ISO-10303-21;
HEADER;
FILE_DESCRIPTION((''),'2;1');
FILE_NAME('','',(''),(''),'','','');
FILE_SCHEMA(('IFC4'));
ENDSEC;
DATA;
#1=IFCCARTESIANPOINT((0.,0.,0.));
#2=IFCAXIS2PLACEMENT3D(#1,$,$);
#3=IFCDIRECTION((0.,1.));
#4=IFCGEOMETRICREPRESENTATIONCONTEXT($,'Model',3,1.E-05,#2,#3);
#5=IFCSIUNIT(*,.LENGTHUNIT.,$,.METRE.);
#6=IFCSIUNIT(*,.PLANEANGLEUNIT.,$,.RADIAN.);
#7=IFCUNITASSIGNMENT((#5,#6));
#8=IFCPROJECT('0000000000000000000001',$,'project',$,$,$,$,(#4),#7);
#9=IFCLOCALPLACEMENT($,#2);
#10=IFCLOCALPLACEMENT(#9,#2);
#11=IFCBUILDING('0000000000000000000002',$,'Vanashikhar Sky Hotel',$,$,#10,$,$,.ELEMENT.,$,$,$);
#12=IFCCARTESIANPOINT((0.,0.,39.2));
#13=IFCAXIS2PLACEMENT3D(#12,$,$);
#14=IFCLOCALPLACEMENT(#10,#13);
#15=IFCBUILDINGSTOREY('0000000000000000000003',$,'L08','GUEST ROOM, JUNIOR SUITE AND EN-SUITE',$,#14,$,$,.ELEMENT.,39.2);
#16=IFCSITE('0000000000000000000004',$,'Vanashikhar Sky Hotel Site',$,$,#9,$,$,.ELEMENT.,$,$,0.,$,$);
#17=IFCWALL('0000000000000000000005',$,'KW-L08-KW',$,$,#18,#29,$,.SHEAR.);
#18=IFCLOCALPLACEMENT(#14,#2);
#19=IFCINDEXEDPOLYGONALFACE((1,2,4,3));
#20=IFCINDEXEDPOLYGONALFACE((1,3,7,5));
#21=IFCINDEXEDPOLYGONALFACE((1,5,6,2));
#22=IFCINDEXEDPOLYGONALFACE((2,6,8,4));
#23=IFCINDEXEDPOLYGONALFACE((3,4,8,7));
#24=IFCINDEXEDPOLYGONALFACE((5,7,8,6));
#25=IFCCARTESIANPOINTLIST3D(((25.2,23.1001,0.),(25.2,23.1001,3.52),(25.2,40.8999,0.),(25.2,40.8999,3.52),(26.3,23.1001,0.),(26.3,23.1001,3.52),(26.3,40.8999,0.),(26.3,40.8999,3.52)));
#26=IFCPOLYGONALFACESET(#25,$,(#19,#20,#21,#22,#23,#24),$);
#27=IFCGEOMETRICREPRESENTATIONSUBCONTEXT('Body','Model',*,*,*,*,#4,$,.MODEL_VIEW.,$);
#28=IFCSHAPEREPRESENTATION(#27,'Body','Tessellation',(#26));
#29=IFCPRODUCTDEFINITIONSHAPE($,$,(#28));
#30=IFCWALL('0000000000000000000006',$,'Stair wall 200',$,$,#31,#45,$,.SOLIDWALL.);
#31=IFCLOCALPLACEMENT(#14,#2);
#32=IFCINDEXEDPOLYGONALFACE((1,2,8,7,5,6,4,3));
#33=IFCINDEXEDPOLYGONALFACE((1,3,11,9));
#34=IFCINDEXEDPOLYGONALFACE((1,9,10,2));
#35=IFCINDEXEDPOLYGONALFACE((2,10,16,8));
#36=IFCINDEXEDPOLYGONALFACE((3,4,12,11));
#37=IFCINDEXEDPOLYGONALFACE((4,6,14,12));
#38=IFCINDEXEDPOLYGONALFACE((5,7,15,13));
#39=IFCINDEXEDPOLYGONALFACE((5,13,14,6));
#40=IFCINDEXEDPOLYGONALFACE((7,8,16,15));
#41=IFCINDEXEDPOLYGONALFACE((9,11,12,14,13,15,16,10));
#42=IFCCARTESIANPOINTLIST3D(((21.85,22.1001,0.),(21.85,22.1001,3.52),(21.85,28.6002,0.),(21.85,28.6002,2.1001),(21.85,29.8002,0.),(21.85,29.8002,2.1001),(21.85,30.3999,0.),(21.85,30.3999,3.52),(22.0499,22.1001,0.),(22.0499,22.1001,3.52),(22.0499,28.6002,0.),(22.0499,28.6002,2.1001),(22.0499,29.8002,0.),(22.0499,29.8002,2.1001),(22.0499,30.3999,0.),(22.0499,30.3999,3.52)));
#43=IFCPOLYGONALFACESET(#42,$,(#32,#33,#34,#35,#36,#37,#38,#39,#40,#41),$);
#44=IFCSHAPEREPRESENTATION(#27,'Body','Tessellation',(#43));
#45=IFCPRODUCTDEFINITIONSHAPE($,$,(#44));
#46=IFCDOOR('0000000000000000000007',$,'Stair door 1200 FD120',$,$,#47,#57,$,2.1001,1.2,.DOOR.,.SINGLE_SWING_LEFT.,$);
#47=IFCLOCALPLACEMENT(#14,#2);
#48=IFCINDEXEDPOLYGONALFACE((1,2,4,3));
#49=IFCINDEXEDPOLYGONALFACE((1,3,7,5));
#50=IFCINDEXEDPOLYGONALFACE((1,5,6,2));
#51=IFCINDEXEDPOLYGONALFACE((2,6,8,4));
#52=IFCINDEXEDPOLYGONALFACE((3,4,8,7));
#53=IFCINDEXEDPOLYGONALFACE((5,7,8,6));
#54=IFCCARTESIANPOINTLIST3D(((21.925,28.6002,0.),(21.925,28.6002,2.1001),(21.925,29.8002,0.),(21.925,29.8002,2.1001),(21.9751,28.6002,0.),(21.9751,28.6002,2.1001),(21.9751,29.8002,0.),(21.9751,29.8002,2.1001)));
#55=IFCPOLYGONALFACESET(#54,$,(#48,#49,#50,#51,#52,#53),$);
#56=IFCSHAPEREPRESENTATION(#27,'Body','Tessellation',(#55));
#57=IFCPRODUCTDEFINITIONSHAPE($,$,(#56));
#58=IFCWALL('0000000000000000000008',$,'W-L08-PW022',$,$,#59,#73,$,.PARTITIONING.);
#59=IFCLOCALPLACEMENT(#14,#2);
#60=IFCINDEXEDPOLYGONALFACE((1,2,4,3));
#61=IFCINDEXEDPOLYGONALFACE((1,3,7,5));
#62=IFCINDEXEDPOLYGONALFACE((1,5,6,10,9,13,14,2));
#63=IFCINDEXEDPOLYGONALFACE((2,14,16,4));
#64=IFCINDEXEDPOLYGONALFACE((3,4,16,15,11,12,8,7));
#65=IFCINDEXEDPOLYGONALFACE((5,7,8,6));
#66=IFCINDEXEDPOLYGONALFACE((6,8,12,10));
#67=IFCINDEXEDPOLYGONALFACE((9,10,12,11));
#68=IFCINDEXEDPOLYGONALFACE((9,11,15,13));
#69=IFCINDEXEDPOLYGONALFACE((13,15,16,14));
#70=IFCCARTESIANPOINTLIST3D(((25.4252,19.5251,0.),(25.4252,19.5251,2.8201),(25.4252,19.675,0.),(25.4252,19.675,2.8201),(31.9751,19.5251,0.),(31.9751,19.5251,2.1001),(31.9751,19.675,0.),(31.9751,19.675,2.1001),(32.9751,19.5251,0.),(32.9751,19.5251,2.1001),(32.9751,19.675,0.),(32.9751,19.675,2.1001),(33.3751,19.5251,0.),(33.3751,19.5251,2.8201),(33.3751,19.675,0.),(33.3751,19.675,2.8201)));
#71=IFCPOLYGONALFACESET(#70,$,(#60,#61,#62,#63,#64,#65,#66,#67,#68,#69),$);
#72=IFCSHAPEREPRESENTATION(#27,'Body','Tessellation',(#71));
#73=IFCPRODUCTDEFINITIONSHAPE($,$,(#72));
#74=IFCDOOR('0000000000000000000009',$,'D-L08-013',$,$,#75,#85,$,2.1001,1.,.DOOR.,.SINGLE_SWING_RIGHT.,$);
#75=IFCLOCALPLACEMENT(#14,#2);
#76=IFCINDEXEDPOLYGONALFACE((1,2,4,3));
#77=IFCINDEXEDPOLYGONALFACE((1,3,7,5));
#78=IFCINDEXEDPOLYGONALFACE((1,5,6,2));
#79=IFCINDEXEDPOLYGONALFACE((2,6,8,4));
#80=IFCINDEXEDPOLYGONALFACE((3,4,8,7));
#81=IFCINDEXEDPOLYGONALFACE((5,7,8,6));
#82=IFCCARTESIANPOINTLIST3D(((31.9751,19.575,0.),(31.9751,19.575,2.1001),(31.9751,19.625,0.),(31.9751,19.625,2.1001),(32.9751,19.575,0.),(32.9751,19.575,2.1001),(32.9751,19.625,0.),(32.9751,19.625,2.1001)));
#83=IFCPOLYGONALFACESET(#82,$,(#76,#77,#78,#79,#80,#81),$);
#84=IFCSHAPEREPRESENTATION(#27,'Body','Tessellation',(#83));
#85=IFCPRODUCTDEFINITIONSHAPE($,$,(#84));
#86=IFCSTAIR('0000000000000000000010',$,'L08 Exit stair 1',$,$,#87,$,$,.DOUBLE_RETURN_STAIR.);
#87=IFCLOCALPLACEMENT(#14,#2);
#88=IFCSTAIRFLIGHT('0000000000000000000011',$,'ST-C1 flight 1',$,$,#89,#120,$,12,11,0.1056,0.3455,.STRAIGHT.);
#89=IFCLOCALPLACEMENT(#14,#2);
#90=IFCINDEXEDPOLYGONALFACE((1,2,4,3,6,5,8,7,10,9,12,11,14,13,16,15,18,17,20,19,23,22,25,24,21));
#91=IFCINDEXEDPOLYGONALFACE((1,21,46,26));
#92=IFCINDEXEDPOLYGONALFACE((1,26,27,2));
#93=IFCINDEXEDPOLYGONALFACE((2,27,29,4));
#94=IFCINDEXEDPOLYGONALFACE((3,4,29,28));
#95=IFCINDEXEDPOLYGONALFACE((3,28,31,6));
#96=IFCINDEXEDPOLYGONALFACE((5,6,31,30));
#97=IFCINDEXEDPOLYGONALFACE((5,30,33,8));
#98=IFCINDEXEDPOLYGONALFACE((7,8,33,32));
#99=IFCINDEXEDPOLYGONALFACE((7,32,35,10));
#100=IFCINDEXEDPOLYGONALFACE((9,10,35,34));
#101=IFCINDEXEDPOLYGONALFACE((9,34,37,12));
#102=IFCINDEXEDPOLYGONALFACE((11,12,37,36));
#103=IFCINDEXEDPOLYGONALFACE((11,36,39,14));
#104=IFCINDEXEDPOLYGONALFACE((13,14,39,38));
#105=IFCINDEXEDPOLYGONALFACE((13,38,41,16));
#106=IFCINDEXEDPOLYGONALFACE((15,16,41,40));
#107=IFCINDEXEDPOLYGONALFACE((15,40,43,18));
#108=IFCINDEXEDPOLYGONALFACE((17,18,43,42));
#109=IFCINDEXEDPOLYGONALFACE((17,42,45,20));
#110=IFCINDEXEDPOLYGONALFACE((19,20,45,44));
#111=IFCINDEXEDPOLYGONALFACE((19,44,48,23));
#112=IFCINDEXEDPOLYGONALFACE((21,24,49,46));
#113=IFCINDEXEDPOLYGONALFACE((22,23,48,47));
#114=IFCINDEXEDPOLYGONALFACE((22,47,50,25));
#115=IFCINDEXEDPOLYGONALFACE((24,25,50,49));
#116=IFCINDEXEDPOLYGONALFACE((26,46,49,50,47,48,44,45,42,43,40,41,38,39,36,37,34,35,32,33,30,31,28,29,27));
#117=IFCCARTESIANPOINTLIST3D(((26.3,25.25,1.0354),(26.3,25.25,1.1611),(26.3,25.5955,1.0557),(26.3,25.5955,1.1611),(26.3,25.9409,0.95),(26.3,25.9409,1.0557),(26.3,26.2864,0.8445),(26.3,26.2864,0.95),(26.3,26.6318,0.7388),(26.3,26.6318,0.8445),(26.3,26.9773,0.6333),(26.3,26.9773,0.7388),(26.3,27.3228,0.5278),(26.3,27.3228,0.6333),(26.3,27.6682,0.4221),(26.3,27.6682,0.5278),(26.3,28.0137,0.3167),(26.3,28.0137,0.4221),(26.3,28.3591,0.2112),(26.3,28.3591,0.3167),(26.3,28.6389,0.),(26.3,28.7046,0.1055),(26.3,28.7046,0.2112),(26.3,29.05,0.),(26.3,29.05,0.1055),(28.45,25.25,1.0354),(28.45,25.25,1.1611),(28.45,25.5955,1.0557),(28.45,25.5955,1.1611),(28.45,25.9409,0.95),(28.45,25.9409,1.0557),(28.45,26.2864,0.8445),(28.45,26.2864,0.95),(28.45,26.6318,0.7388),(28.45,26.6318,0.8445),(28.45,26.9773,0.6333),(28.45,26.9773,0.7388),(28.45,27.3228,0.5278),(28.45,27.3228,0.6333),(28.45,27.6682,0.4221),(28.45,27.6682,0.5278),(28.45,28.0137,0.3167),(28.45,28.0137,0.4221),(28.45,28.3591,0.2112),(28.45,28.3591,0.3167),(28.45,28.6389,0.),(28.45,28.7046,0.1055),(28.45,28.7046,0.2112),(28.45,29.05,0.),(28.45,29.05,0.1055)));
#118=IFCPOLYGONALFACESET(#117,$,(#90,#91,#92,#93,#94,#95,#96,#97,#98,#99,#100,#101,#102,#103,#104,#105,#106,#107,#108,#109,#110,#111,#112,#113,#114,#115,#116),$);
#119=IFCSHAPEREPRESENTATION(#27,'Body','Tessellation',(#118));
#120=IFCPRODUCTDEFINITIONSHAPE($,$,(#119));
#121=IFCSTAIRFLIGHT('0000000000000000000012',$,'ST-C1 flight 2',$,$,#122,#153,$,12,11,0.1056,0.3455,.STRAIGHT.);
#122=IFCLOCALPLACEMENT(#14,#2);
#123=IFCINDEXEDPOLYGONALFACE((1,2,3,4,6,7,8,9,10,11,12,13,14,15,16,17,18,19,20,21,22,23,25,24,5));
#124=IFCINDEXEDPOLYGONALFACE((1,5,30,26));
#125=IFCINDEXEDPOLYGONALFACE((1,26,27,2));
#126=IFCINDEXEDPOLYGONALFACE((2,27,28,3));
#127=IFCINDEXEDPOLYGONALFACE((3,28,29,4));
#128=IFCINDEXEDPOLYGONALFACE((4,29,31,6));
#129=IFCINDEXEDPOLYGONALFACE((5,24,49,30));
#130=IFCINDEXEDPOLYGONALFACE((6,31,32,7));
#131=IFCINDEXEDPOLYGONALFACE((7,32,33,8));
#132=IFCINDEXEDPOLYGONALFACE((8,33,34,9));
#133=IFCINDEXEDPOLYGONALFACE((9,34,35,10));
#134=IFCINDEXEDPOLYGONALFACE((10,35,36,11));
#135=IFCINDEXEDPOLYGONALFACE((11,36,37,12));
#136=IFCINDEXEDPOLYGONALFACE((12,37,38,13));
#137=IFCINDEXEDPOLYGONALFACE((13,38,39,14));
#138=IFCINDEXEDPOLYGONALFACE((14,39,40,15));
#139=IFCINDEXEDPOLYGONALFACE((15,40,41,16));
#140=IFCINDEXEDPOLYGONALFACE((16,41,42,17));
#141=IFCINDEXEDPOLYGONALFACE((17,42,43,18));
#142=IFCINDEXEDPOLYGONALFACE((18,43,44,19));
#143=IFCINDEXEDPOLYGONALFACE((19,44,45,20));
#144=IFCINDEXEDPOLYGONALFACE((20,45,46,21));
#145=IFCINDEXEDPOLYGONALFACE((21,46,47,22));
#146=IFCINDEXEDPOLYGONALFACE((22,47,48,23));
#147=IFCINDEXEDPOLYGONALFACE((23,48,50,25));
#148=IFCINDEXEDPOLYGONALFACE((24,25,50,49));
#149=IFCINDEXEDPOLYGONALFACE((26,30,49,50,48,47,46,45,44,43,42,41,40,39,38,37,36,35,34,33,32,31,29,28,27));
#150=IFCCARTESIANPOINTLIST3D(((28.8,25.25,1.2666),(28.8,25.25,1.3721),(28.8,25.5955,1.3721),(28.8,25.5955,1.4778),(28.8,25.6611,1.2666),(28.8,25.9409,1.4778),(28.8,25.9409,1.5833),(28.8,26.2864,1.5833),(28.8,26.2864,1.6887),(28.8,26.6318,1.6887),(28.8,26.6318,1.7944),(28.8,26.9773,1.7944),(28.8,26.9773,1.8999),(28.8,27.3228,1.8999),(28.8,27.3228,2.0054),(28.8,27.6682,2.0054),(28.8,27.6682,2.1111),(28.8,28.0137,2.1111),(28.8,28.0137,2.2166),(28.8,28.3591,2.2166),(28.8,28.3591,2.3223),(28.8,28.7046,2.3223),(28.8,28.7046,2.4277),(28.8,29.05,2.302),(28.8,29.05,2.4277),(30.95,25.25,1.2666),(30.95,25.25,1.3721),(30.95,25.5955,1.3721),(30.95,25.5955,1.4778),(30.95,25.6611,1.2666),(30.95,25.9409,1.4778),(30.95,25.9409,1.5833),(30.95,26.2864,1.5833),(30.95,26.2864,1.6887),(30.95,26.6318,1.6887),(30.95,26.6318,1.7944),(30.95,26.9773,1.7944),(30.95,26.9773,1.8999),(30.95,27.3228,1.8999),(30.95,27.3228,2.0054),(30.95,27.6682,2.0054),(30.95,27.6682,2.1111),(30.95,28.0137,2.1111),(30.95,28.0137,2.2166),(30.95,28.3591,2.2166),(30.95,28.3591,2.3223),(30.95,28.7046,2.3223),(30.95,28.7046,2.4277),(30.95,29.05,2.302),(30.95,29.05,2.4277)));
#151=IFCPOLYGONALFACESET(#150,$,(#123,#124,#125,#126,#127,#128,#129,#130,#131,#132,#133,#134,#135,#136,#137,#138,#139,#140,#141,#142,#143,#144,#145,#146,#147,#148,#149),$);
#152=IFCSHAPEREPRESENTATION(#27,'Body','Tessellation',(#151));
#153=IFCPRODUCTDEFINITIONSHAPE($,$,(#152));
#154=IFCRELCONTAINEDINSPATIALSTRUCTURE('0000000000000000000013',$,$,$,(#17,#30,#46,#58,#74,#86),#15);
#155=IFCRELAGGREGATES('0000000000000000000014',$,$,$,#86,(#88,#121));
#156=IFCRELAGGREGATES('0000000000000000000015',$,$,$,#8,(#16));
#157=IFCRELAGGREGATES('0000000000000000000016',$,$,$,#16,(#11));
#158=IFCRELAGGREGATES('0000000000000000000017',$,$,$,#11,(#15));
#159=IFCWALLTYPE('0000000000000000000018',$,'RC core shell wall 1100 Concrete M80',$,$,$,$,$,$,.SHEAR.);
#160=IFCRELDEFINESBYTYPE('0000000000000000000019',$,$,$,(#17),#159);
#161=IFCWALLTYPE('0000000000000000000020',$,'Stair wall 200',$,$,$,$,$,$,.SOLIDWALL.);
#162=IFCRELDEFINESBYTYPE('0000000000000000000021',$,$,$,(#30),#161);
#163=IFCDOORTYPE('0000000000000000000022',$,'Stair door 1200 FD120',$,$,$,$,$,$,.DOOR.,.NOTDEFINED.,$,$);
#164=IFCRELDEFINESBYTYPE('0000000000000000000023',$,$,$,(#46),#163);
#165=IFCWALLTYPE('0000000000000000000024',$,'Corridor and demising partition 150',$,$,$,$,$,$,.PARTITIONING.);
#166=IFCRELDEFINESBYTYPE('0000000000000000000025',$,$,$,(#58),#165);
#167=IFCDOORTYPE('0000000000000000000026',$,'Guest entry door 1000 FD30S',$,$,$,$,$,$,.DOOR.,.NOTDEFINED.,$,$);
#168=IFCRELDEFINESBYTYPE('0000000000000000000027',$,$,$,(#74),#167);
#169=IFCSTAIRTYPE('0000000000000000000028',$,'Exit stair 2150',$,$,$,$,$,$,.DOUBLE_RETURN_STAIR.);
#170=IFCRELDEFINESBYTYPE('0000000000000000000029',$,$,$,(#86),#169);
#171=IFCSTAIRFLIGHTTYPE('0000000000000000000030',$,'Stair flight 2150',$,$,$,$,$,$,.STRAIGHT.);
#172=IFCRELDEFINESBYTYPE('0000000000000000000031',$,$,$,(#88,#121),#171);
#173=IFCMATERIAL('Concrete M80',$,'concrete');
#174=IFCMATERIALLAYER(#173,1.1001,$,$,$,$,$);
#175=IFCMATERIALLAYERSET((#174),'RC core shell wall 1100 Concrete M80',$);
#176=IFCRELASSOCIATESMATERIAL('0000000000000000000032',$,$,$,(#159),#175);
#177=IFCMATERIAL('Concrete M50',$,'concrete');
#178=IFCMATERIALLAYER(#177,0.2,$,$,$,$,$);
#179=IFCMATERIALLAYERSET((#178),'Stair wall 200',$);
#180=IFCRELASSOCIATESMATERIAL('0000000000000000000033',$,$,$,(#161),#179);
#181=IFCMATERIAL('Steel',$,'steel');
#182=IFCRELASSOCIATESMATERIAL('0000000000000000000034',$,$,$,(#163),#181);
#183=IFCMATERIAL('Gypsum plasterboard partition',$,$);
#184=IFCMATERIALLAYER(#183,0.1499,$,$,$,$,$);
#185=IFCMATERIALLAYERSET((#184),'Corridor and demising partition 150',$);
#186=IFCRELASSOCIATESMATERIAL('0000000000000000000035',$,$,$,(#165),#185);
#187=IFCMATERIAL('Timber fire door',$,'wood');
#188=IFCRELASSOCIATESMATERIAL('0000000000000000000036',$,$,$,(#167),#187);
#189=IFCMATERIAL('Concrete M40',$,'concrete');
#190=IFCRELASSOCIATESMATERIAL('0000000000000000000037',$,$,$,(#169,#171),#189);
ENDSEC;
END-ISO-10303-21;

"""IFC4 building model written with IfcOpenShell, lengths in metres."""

from ifc_helpers import new_model, si_unit, direction, frame, frame_2d, origin, place, context, subcontext, project, spatial, polyline, rectangle, outline, extrude, source, transform, mapped, material, layer, layer_set, type_object, element, fill, aggregate, save


model = new_model("IFC4")

# Units and contexts
model_context = context("Model", 3, precision=1e-05, world=origin(), true_north=direction((0.0, 1.0)))
body_context = subcontext(model_context, "Body", "Model", "MODEL_VIEW")
ifc_project = project(units=[si_unit("LENGTHUNIT", "METRE"), si_unit("PLANEANGLEUNIT", "RADIAN")], contexts=[model_context])

# Site, building, storey
site_placement = place(None, origin())
site = spatial("IfcSite", under=ifc_project, at=site_placement, Name="Vanashikhar Sky Hotel Site", CompositionType="ELEMENT", RefElevation=0.0)
building_placement = place(site_placement, origin())
building = spatial("IfcBuilding", under=site, at=building_placement, Name="Vanashikhar Sky Hotel", CompositionType="ELEMENT")
storey_placement = place(building_placement, frame((0.0, 0.0, 39.2)))
storey = spatial("IfcBuildingStorey", under=building, at=storey_placement, Name="L08", Description="GUEST ROOM, JUNIOR SUITE AND EN-SUITE", CompositionType="ELEMENT", Elevation=39.2)

# Shared definitions
ifc_material_1 = material(Name="Concrete M50", Category="concrete")

# Shared definitions
ifc_material_2 = material(Name="Concrete M80", Category="concrete")
ifc_layer_1 = layer(ifc_material_2, 1.1001)
ifc_layer_set_1 = layer_set([ifc_layer_1], Name="RC core shell wall 1100 Concrete M80")
wall_type_1 = type_object("IfcWallType", Name="RC core shell wall 1100 Concrete M80", PredefinedType="SHEAR", material=ifc_layer_set_1)
ifc_material_3 = material(Name="Steel", Category="steel")

# Wall
shared_shape_1 = source(origin(), body_context, "Body", "SweptSolid", [
    extrude(rectangle(XDim=17.7998, YDim=1.1001, at=frame_2d((8.8999, 0.0))), origin(), (0.0, 0.0, 1.0), 3.52),
])
wall_1_placement = place(storey_placement, frame((25.75, 23.1001, 0.0), z_axis=(0.0, 0.0, 1.0), x_axis=(0.0, 1.0, 0.0)))
element("IfcWall", 1, at=wall_1_placement, inside=storey, type_object=wall_type_1, Name="KW-L08-KW", PredefinedType="SHEAR", context=body_context, shape_type="MappedRepresentation", body=[
    mapped(shared_shape_1, transform((0.0, 0.0, 0.0), scale=1.0)),
])

# Walls, openings, doors
ifc_layer_2 = layer(ifc_material_1, 0.2)
ifc_layer_set_2 = layer_set([ifc_layer_2], Name="Stair wall 200")
wall_type_2 = type_object("IfcWallType", Name="Stair wall 200", PredefinedType="SOLIDWALL", material=ifc_layer_set_2)
shared_shape_2 = source(origin(), body_context, "Body", "SweptSolid", [
    extrude(rectangle(XDim=8.2998, YDim=0.2, at=frame_2d((4.1499, 0.0))), origin(), (0.0, 0.0, 1.0), 3.52),
])
wall_2_placement = place(storey_placement, frame((21.95, 22.1001, 0.0), z_axis=(0.0, 0.0, 1.0), x_axis=(0.0, 1.0, 0.0)))
wall_2 = element("IfcWall", 2, at=wall_2_placement, inside=storey, type_object=wall_type_2, Name="Stair wall 200", PredefinedType="SOLIDWALL", context=body_context, shape_type="MappedRepresentation", body=[
    mapped(shared_shape_2, transform((0.0, 0.0, 0.0), scale=1.0)),
])
shared_shape_3 = source(origin(), body_context, "Body", "SweptSolid", [
    extrude(rectangle(XDim=1.2, YDim=2.1001, at=frame_2d((0.6001, 1.05))), frame((0.0, 0.1099, 0.0), z_axis=(0.0, -1.0, 0.0), x_axis=(1.0, 0.0, 0.0)), (0.0, 0.0, 1.0), 0.22),
])
opening_1_placement = place(wall_2_placement, frame((6.5, 0.0, 0.0)))
opening_1 = element("IfcOpeningElement", 3, at=opening_1_placement, cuts=wall_2, PredefinedType="OPENING", context=body_context, shape_type="MappedRepresentation", body=[
    mapped(shared_shape_3, transform((0.0, 0.0, 0.0), scale=1.0)),
])
door_type_1 = type_object("IfcDoorType", Name="Stair door 1200 FD120", OperationType="NOTDEFINED", PredefinedType="DOOR", material=ifc_material_3)
shared_shape_4 = source(origin(), body_context, "Body", "SweptSolid", [
    extrude(rectangle(XDim=1.2, YDim=2.1001, at=frame_2d((0.6001, 1.05))), frame((0.0, 0.0249, 0.0), z_axis=(0.0, -1.0, 0.0), x_axis=(1.0, 0.0, 0.0)), (0.0, 0.0, 1.0), 0.05),
])
door_1_placement = place(opening_1_placement, origin())
door_1 = element("IfcDoor", 4, at=door_1_placement, inside=storey, type_object=door_type_1, Name="Stair door 1200 FD120", OperationType="SINGLE_SWING_LEFT", OverallHeight=2.1001, OverallWidth=1.2, PredefinedType="DOOR", context=body_context, shape_type="MappedRepresentation", body=[
    mapped(shared_shape_4, transform((0.0, 0.0, 0.0), scale=1.0)),
])
fill(opening_1, door_1)
ifc_material_4 = material(Name="Gypsum plasterboard partition")
ifc_layer_3 = layer(ifc_material_4, 0.1499)
ifc_layer_set_3 = layer_set([ifc_layer_3], Name="Corridor and demising partition 150")
wall_type_3 = type_object("IfcWallType", Name="Corridor and demising partition 150", PredefinedType="PARTITIONING", material=ifc_layer_set_3)
shared_shape_5 = source(origin(), body_context, "Body", "SweptSolid", [
    extrude(rectangle(XDim=7.95, YDim=0.1499, at=frame_2d((3.9751, 0.0))), origin(), (0.0, 0.0, 1.0), 2.8201),
])
wall_3_placement = place(storey_placement, frame((25.425, 19.6001, 0.0), z_axis=(0.0, 0.0, 1.0), x_axis=(1.0, 0.0, 0.0)))
wall_3 = element("IfcWall", 5, at=wall_3_placement, inside=storey, type_object=wall_type_3, Name="W-L08-PW022", PredefinedType="PARTITIONING", context=body_context, shape_type="MappedRepresentation", body=[
    mapped(shared_shape_5, transform((0.0, 0.0, 0.0), scale=1.0)),
])
shared_shape_6 = source(origin(), body_context, "Body", "SweptSolid", [
    extrude(rectangle(XDim=1.0, YDim=2.1001, at=frame_2d((0.5, 1.05))), frame((0.0, 0.085, 0.0), z_axis=(0.0, -1.0, 0.0), x_axis=(1.0, 0.0, 0.0)), (0.0, 0.0, 1.0), 0.1699),
])
opening_2_placement = place(wall_3_placement, frame((6.55, 0.0, 0.0)))
opening_2 = element("IfcOpeningElement", 6, at=opening_2_placement, cuts=wall_3, PredefinedType="OPENING", context=body_context, shape_type="MappedRepresentation", body=[
    mapped(shared_shape_6, transform((0.0, 0.0, 0.0), scale=1.0)),
])
ifc_material_5 = material(Name="Timber fire door", Category="wood")
door_type_2 = type_object("IfcDoorType", Name="Guest entry door 1000 FD30S", OperationType="NOTDEFINED", PredefinedType="DOOR", material=ifc_material_5)
shared_shape_7 = source(origin(), body_context, "Body", "SweptSolid", [
    extrude(rectangle(XDim=1.0, YDim=2.1001, at=frame_2d((0.5, 1.05))), frame((0.0, 0.0249, 0.0), z_axis=(0.0, -1.0, 0.0), x_axis=(1.0, 0.0, 0.0)), (0.0, 0.0, 1.0), 0.05),
])
door_2_placement = place(opening_2_placement, origin())
door_2 = element("IfcDoor", 7, at=door_2_placement, inside=storey, type_object=door_type_2, Name="D-L08-013", OperationType="SINGLE_SWING_RIGHT", OverallHeight=2.1001, OverallWidth=1.0, PredefinedType="DOOR", context=body_context, shape_type="MappedRepresentation", body=[
    mapped(shared_shape_7, transform((0.0, 0.0, 0.0), scale=1.0)),
])
fill(opening_2, door_2)

# Stair, stair flights
ifc_material_6 = material(Name="Concrete M40", Category="concrete")
stair_type = type_object("IfcStairType", Name="Exit stair 2150", PredefinedType="DOUBLE_RETURN_STAIR", material=ifc_material_6)
stair_1_placement = place(storey_placement, origin())
stair_1 = element("IfcStair", 8, at=stair_1_placement, inside=storey, type_object=stair_type, Name="L08 Exit stair 1", PredefinedType="DOUBLE_RETURN_STAIR")
stair_flight_type = type_object("IfcStairFlightType", Name="Stair flight 2150", PredefinedType="STRAIGHT", material=ifc_material_6)
shared_shape_8 = source(origin(), body_context, "Body", "SweptSolid", [
    extrude(outline(polyline([(0.0, 0.0), (0.0, 0.1055), (0.3455, 0.1055), (0.3455, 0.2112), (0.6909, 0.2112), (0.6909, 0.3167), (1.0364, 0.3167), (1.0364, 0.4221), (1.3818, 0.4221), (1.3818, 0.5278), (1.7273, 0.5278), (1.7273, 0.6333), (2.0728, 0.6333), (2.0728, 0.7388), (2.4182, 0.7388), (2.4182, 0.8445), (2.7637, 0.8445), (2.7637, 0.95), (3.1091, 0.95), (3.1091, 1.0557), (3.4546, 1.0557), (3.4546, 1.1611), (3.8, 1.1611), (3.8, 1.2666), (3.8, 1.0354), (0.4111, 0.0), (0.0, 0.0)])), frame((0.0, 1.075, 0.0), z_axis=(0.0, -1.0, 0.0), x_axis=(1.0, 0.0, 0.0)), (0.0, 0.0, 1.0), 2.1499),
])
stair_flight_1_placement = place(storey_placement, frame((27.375, 29.05, 0.0), z_axis=(0.0, 0.0, 1.0), x_axis=(0.0, -1.0, 0.0)))
stair_flight_1 = element("IfcStairFlight", 9, at=stair_flight_1_placement, type_object=stair_flight_type, Name="ST-C1 flight 1", NumberOfRisers=12, NumberOfTreads=11, PredefinedType="STRAIGHT", RiserHeight=0.1056, TreadLength=0.3455, context=body_context, shape_type="MappedRepresentation", body=[
    mapped(shared_shape_8, transform((0.0, 0.0, 0.0), scale=1.0)),
])
stair_flight_2_placement = place(storey_placement, frame((29.875, 25.25, 1.2666), z_axis=(0.0, 0.0, 1.0), x_axis=(0.0, 1.0, 0.0)))
stair_flight_2 = element("IfcStairFlight", 10, at=stair_flight_2_placement, type_object=stair_flight_type, Name="ST-C1 flight 2", NumberOfRisers=12, NumberOfTreads=11, PredefinedType="STRAIGHT", RiserHeight=0.1056, TreadLength=0.3455, context=body_context, shape_type="MappedRepresentation", body=[
    mapped(shared_shape_8, transform((0.0, 0.0, 0.0), scale=1.0)),
])
aggregate(stair_1, [stair_flight_1, stair_flight_2])

save(model, "model.ifc")
